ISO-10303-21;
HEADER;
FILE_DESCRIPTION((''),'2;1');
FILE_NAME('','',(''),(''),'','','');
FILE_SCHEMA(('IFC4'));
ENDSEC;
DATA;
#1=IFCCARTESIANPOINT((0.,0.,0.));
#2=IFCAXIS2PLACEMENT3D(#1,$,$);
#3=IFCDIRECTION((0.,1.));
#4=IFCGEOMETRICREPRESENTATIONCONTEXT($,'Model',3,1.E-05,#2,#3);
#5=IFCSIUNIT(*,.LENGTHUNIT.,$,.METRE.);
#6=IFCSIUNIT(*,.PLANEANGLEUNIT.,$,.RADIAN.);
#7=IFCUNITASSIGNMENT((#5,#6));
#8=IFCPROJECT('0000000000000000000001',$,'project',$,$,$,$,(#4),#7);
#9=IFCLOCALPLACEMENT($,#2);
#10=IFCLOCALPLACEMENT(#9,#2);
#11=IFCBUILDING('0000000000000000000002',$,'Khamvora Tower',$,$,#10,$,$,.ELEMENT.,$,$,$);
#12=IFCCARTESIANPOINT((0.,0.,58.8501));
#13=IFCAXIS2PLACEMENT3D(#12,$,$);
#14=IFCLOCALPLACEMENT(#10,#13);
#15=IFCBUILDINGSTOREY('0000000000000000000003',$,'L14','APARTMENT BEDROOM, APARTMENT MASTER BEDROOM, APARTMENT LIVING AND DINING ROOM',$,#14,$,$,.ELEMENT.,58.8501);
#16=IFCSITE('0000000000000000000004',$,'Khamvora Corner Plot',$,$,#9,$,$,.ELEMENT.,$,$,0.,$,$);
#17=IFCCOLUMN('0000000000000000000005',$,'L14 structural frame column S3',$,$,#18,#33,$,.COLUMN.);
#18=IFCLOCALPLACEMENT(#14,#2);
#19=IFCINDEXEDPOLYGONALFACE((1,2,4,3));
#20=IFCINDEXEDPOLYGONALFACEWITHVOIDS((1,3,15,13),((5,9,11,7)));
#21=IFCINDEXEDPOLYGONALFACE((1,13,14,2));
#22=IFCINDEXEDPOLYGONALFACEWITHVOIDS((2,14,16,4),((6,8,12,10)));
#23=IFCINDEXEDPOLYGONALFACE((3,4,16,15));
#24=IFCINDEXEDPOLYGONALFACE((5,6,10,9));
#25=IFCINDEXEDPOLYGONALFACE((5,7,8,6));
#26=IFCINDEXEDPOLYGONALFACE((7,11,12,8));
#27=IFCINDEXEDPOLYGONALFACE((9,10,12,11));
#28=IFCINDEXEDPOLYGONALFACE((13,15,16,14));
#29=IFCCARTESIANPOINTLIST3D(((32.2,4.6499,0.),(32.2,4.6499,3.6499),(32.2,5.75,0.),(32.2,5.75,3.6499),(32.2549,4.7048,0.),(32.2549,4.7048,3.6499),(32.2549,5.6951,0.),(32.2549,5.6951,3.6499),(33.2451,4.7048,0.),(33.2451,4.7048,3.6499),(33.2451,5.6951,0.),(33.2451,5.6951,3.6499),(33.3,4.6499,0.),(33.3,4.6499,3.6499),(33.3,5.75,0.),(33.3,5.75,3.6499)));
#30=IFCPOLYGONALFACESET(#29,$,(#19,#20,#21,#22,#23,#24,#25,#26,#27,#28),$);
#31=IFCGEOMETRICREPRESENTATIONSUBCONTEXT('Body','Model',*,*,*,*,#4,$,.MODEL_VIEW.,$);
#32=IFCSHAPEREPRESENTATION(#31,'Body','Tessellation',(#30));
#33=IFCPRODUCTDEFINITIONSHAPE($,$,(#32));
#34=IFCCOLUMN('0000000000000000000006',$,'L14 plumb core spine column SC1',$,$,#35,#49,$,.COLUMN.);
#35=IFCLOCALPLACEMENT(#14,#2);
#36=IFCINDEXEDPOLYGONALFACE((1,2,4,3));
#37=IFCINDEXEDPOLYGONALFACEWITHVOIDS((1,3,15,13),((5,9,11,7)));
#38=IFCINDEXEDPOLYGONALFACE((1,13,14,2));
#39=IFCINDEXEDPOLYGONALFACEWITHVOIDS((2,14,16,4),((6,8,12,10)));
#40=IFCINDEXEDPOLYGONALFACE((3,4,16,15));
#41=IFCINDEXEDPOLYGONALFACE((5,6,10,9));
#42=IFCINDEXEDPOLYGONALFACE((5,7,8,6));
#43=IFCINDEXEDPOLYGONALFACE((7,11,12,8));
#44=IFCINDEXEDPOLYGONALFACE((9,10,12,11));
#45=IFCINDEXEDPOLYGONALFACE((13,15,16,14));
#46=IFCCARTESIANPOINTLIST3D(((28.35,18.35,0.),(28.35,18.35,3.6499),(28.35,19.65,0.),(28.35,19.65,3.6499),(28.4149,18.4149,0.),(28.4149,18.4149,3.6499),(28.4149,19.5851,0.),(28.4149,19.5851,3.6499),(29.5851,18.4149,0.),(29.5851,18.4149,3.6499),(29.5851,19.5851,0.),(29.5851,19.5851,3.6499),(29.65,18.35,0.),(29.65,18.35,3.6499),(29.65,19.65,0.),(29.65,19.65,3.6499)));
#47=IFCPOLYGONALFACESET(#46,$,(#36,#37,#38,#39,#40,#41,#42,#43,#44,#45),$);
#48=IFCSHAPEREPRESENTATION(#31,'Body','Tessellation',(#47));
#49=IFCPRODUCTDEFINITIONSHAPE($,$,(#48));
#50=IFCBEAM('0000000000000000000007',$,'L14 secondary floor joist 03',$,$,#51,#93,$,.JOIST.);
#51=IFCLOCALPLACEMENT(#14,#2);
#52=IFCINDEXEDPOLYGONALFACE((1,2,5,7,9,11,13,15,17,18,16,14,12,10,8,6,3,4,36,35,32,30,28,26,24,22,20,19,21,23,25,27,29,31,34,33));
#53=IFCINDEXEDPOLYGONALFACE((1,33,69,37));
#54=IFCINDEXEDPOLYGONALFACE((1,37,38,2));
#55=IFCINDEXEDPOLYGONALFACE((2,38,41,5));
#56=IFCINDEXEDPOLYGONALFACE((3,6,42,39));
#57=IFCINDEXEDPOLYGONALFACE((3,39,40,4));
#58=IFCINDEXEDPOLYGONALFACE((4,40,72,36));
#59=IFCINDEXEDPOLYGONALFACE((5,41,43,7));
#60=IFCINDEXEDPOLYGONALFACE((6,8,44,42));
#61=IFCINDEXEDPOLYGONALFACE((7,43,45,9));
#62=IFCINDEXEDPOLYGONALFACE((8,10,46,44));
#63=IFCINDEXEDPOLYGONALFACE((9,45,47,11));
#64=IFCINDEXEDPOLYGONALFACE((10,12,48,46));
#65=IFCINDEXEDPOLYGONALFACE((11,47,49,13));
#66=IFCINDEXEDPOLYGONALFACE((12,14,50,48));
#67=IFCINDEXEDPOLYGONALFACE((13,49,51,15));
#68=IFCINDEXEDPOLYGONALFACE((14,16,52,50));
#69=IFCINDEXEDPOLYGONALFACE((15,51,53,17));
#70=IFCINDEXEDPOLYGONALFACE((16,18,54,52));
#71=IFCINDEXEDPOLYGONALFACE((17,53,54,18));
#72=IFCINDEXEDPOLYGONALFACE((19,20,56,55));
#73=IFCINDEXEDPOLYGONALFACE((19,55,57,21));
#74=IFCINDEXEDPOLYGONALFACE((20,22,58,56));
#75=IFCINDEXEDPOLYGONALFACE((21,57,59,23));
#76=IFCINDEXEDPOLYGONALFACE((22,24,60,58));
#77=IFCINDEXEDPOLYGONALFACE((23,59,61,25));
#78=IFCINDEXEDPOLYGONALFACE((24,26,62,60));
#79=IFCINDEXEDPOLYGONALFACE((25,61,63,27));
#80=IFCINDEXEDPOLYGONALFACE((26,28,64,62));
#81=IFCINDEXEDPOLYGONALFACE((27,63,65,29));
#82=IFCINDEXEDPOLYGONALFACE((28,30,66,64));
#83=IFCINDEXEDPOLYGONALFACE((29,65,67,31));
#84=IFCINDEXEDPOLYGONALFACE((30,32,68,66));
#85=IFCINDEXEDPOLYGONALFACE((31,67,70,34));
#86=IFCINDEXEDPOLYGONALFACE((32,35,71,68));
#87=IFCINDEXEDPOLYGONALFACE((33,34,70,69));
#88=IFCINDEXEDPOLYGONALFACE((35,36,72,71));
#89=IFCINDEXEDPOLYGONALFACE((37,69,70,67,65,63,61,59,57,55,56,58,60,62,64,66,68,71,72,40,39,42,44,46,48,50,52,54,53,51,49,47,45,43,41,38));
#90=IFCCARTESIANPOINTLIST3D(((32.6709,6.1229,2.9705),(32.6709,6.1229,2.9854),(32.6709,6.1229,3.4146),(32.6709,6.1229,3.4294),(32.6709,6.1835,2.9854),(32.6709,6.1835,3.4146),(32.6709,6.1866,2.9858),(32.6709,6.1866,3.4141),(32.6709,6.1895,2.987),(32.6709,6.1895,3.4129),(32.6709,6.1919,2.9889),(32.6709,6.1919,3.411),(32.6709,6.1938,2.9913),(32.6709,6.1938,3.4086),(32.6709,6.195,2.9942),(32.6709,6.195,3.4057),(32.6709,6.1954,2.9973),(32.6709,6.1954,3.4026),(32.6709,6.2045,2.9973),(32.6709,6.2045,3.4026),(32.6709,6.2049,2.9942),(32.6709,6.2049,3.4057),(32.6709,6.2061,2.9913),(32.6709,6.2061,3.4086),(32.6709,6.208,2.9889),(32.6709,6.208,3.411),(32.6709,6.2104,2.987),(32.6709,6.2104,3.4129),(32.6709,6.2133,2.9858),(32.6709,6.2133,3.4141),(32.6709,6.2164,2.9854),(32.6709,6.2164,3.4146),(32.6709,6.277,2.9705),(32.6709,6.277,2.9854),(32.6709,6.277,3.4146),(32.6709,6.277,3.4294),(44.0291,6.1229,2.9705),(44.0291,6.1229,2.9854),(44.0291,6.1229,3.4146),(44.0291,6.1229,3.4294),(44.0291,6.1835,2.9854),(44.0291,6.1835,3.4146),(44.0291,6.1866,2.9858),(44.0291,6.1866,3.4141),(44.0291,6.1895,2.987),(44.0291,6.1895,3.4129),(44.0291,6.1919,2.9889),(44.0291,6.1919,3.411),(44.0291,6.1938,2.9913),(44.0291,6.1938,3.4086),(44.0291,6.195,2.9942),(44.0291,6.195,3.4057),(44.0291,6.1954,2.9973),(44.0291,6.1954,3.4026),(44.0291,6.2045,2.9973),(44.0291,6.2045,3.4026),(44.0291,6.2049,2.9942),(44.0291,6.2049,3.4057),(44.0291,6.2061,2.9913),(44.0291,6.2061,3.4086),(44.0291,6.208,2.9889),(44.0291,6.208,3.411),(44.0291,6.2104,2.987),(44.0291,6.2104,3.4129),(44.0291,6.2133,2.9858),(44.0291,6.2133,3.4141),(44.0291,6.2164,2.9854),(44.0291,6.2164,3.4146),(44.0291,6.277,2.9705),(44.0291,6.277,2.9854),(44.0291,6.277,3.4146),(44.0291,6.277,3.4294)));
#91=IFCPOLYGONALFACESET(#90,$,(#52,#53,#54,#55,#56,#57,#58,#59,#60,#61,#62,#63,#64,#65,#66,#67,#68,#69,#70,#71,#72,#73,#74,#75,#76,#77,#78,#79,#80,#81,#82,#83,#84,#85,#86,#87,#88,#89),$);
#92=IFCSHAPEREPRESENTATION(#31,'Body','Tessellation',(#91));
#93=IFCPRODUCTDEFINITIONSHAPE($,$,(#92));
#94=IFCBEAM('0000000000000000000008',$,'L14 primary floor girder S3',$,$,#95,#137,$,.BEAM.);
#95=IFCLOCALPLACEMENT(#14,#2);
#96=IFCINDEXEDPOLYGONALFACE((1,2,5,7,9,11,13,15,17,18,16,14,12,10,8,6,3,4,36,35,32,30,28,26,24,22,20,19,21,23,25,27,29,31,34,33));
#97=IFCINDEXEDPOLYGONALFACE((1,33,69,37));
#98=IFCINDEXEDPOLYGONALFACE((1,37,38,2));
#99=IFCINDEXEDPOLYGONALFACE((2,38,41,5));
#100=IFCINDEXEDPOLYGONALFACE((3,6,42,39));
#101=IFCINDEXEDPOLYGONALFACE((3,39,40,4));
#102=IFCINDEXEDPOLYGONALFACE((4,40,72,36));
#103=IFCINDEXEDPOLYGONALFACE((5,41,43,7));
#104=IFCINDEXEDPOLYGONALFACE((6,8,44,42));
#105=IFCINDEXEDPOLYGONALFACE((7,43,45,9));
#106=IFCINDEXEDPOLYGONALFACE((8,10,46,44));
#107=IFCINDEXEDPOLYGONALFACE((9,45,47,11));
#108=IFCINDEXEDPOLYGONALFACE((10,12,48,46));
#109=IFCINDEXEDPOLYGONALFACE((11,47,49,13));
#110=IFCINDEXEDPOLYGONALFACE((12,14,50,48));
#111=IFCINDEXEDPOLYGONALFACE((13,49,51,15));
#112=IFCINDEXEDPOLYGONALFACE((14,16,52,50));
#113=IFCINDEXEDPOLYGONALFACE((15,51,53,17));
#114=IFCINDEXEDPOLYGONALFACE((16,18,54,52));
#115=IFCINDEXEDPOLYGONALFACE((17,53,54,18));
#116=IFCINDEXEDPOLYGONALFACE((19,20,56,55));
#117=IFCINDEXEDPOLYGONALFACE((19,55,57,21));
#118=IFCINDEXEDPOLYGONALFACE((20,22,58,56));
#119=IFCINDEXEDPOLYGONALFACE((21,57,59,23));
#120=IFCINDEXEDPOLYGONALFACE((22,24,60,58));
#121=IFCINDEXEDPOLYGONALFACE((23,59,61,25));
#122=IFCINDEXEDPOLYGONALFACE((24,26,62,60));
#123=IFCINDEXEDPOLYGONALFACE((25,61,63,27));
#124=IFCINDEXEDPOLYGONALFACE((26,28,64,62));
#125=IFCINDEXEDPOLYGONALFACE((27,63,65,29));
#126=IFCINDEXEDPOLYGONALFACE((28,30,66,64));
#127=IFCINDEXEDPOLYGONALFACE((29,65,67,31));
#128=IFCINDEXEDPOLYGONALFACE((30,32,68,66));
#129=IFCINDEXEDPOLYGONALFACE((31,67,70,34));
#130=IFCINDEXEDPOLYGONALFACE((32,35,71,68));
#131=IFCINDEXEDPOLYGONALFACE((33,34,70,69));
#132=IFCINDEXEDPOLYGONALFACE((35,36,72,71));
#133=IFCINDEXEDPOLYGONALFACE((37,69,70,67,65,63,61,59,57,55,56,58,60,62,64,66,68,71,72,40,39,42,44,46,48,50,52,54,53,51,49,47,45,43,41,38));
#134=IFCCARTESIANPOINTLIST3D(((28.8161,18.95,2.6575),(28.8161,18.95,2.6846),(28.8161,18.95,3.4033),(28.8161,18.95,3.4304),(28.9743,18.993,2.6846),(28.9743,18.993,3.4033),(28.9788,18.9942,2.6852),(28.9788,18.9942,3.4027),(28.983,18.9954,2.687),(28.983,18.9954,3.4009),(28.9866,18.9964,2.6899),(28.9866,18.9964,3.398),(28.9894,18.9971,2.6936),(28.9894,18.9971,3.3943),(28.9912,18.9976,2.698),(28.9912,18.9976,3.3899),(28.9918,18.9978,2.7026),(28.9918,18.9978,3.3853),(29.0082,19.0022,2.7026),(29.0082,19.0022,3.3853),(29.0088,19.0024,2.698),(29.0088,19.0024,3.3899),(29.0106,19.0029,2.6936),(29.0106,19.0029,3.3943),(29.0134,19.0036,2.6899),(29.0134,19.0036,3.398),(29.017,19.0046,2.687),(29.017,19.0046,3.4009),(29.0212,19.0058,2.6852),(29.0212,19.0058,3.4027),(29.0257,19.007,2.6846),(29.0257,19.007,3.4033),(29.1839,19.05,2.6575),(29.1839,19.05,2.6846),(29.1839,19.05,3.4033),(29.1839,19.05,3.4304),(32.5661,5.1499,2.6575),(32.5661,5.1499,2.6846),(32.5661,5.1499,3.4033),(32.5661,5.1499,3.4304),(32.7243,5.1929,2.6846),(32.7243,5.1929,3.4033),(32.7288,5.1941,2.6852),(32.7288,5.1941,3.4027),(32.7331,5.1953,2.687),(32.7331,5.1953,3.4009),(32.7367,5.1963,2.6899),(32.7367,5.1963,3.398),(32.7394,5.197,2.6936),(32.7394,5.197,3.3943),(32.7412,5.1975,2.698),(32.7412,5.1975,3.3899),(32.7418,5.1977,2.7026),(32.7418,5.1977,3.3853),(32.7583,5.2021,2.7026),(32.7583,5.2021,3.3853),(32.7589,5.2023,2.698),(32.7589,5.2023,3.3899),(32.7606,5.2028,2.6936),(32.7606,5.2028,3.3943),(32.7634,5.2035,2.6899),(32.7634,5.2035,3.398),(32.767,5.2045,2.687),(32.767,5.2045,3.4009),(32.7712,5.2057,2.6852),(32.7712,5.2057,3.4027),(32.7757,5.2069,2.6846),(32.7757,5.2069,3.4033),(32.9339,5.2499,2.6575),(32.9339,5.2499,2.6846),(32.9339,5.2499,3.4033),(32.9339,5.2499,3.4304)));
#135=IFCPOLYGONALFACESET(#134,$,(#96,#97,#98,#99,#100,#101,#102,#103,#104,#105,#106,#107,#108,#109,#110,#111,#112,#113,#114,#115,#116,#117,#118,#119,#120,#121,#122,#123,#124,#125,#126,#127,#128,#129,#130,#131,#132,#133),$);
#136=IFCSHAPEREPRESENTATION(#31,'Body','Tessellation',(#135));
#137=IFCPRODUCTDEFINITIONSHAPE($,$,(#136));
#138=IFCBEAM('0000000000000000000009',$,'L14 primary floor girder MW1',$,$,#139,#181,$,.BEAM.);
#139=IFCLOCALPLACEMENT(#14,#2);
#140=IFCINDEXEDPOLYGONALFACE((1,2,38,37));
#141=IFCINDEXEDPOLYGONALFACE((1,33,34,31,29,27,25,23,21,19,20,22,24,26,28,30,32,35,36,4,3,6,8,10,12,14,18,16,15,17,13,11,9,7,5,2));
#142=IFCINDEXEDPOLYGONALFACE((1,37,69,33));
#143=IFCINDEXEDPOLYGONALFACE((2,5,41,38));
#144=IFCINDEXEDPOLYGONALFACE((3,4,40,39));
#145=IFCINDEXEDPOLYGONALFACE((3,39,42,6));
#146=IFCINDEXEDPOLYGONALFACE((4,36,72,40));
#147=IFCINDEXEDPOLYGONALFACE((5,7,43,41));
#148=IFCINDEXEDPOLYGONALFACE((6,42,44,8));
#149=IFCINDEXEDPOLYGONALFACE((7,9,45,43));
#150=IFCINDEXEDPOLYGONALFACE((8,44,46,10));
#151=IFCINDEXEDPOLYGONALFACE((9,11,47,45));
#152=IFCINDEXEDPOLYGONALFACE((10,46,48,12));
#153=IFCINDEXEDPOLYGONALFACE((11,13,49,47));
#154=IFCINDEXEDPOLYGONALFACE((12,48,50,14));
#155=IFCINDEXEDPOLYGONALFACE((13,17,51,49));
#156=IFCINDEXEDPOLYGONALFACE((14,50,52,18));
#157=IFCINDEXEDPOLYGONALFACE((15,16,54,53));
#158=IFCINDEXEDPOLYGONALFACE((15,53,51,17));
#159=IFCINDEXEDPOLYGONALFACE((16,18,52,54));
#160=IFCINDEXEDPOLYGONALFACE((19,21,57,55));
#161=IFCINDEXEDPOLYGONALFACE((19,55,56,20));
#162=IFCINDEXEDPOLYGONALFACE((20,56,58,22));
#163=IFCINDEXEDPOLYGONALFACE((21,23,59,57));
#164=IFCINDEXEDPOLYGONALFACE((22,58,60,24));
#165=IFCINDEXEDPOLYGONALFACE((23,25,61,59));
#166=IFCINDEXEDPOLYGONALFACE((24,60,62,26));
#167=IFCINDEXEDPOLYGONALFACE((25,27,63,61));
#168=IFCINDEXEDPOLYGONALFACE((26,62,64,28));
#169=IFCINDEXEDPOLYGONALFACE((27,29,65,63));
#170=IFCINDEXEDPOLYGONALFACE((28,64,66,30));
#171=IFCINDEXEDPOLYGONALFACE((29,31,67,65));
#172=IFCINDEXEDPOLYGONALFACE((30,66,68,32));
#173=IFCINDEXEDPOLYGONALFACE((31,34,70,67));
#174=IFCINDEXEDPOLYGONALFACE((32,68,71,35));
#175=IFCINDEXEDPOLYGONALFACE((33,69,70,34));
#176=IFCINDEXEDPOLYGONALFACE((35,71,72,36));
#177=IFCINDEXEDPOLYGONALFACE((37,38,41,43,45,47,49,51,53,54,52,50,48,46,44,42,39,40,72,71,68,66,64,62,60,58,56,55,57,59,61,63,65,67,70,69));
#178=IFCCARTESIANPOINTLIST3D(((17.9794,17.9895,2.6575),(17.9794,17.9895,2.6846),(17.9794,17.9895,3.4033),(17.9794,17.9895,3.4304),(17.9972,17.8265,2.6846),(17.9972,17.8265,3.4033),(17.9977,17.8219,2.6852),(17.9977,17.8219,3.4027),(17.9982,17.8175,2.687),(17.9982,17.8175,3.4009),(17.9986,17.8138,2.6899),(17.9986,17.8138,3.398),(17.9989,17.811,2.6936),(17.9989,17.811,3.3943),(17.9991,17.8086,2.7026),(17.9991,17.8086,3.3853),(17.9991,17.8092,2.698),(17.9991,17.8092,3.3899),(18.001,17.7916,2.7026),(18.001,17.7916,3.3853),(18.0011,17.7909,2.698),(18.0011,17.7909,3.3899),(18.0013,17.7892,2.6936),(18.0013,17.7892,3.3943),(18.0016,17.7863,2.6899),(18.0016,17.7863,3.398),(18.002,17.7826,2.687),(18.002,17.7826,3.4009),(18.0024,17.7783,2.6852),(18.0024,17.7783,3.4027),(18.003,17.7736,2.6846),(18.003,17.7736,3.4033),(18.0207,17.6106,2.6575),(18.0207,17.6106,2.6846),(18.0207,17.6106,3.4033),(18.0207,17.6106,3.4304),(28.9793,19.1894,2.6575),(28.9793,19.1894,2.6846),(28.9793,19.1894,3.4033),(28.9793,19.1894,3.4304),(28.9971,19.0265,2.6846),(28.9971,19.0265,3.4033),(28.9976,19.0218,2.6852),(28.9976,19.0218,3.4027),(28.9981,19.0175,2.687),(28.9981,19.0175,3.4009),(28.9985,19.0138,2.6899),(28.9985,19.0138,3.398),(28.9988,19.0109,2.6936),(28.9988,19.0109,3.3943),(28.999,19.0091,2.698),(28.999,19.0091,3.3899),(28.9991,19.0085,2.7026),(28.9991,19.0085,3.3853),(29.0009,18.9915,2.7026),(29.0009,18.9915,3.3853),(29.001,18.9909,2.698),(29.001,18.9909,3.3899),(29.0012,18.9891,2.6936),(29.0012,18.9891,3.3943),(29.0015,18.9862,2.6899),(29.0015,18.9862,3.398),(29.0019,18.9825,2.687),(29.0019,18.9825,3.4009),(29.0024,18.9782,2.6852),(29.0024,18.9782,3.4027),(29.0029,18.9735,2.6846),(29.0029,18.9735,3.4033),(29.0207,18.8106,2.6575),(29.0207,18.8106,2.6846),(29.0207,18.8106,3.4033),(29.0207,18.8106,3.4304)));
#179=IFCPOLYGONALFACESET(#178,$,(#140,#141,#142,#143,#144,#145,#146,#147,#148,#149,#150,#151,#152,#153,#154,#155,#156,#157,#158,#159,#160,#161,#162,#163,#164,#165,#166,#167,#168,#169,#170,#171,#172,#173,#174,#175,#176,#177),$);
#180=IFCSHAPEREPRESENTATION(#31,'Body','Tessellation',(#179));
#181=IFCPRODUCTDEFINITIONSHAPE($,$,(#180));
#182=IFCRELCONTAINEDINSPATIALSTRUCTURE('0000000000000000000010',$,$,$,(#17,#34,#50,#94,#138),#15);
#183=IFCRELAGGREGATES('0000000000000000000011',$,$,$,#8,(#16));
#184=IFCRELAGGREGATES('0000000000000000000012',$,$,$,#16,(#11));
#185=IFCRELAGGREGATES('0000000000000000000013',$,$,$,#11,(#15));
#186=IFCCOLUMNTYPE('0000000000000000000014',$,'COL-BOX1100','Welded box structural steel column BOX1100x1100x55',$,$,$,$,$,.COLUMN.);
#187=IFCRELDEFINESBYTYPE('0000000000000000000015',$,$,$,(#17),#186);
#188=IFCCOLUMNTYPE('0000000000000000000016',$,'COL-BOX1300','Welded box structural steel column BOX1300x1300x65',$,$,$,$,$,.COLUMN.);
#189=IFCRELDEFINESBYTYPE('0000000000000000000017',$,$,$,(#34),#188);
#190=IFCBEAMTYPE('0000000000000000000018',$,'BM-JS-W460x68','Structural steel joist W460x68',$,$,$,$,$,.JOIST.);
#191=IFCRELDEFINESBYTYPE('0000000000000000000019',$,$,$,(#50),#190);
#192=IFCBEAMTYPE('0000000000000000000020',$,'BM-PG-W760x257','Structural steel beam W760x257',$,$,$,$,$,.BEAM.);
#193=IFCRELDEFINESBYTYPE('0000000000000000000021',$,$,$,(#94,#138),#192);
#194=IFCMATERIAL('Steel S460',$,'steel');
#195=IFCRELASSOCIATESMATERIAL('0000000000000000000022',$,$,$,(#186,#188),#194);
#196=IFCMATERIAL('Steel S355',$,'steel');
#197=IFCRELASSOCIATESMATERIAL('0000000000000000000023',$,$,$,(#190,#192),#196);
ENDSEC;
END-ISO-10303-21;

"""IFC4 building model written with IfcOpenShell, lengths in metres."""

from ifc_helpers import new_model, si_unit, direction, frame, origin, origin_2d, place, context, subcontext, project, spatial, hollow_rectangle, i_section, extrude, material, material_profile, profile_set, type_object, element, save


model = new_model("IFC4")

# Units and contexts
model_context = context("Model", 3, precision=1e-05, world=origin(), true_north=direction((0.0, 1.0)))
body_context = subcontext(model_context, "Body", "Model", "MODEL_VIEW")
ifc_project = project(units=[si_unit("LENGTHUNIT", "METRE"), si_unit("PLANEANGLEUNIT", "RADIAN")], contexts=[model_context])

# Site, building, storey
site_placement = place(None, origin())
site = spatial("IfcSite", under=ifc_project, at=site_placement, Name="Khamvora Corner Plot", CompositionType="ELEMENT", RefElevation=0.0)
building_placement = place(site_placement, origin())
building = spatial("IfcBuilding", under=site, at=building_placement, Name="Khamvora Tower", CompositionType="ELEMENT")
storey_placement = place(building_placement, frame((0.0, 0.0, 58.8501)))
storey = spatial("IfcBuildingStorey", under=building, at=storey_placement, Name="L14", Description="APARTMENT BEDROOM, APARTMENT MASTER BEDROOM, APARTMENT LIVING AND DINING ROOM", CompositionType="ELEMENT", Elevation=58.8501)

# Columns
ifc_material_1 = material(Name="Steel S460", Category="steel")
ifc_material_profile_1 = material_profile(ifc_material_1, hollow_rectangle(XDim=1.1001, YDim=1.1001, WallThickness=0.0549, at=origin_2d()), Name="BOX1100x1100x55")
ifc_profile_set_1 = profile_set([ifc_material_profile_1], Name="Steel S460")
column_type_1 = type_object("IfcColumnType", Name="COL-BOX1100", Description="Welded box structural steel column BOX1100x1100x55", PredefinedType="COLUMN", material=ifc_profile_set_1)
column_1_placement = place(storey_placement, frame((32.75, 5.2, 0.0), z_axis=(0.0, 0.0, 1.0), x_axis=(1.0, 0.0, 0.0)))
element("IfcColumn", 1, at=column_1_placement, inside=storey, type_object=column_type_1, Name="L14 structural frame column S3", PredefinedType="COLUMN", context=body_context, shape_type="SweptSolid", body=[
    extrude(hollow_rectangle(XDim=1.1001, YDim=1.1001, WallThickness=0.0549, at=origin_2d()), origin(), (0.0, 0.0, 1.0), 3.6499),
])
ifc_material_profile_2 = material_profile(ifc_material_1, hollow_rectangle(XDim=1.3, YDim=1.3, WallThickness=0.0649, at=origin_2d()), Name="BOX1300x1300x65")
ifc_profile_set_2 = profile_set([ifc_material_profile_2], Name="Steel S460")
column_type_2 = type_object("IfcColumnType", Name="COL-BOX1300", Description="Welded box structural steel column BOX1300x1300x65", PredefinedType="COLUMN", material=ifc_profile_set_2)
column_2_placement = place(storey_placement, frame((29.0, 19.0, 0.0), z_axis=(0.0, 0.0, 1.0), x_axis=(1.0, 0.0, 0.0)))
element("IfcColumn", 2, at=column_2_placement, inside=storey, type_object=column_type_2, Name="L14 plumb core spine column SC1", PredefinedType="COLUMN", context=body_context, shape_type="SweptSolid", body=[
    extrude(hollow_rectangle(XDim=1.3, YDim=1.3, WallThickness=0.0649, at=origin_2d()), origin(), (0.0, 0.0, 1.0), 3.6499),
])

# Beams
ifc_material_2 = material(Name="Steel S355", Category="steel")
ifc_material_profile_3 = material_profile(ifc_material_2, i_section(OverallWidth=0.1541, OverallDepth=0.459, WebThickness=0.009, FlangeThickness=0.0149, FilletRadius=0.012, at=origin_2d()), Name="W460x68")
ifc_profile_set_3 = profile_set([ifc_material_profile_3], Name="Steel S355")
beam_type_1 = type_object("IfcBeamType", Name="BM-JS-W460x68", Description="Structural steel joist W460x68", PredefinedType="JOIST", material=ifc_profile_set_3)
beam_1_placement = place(storey_placement, frame((32.6709, 6.2, 3.2), z_axis=(1.0, 0.0, 0.0), x_axis=(0.0, 1.0, 0.0)))
element("IfcBeam", 3, at=beam_1_placement, inside=storey, type_object=beam_type_1, Name="L14 secondary floor joist 03", PredefinedType="JOIST", context=body_context, shape_type="SweptSolid", body=[
    extrude(i_section(OverallWidth=0.1541, OverallDepth=0.459, WebThickness=0.009, FlangeThickness=0.0149, FilletRadius=0.012, at=origin_2d()), origin(), (0.0, 0.0, 1.0), 11.3582),
])
ifc_material_profile_4 = material_profile(ifc_material_2, i_section(OverallWidth=0.3811, OverallDepth=0.7729, WebThickness=0.0171, FlangeThickness=0.0271, FilletRadius=0.0181, at=origin_2d()), Name="W760x257")
ifc_profile_set_4 = profile_set([ifc_material_profile_4], Name="Steel S355")
beam_type_2 = type_object("IfcBeamType", Name="BM-PG-W760x257", Description="Structural steel beam W760x257", PredefinedType="BEAM", material=ifc_profile_set_4)
beam_2_placement = place(storey_placement, frame((29.0, 19.0, 3.0439), z_axis=(0.262229, -0.965006, 0.0), x_axis=(0.965006, 0.262229, 0.0)))
element("IfcBeam", 4, at=beam_2_placement, inside=storey, type_object=beam_type_2, Name="L14 primary floor girder S3", PredefinedType="BEAM", context=body_context, shape_type="SweptSolid", body=[
    extrude(i_section(OverallWidth=0.3811, OverallDepth=0.7729, WebThickness=0.0171, FlangeThickness=0.0271, FilletRadius=0.0181, at=origin_2d()), origin(), (0.0, 0.0, 1.0), 14.3005),
])
beam_3_placement = place(storey_placement, frame((29.0, 19.0, 3.0439), z_axis=(-0.994103, -0.108443, 0.0), x_axis=(0.108443, -0.994103, 0.0)))
element("IfcBeam", 5, at=beam_3_placement, inside=storey, type_object=beam_type_2, Name="L14 primary floor girder MW1", PredefinedType="BEAM", context=body_context, shape_type="SweptSolid", body=[
    extrude(i_section(OverallWidth=0.3811, OverallDepth=0.7729, WebThickness=0.0171, FlangeThickness=0.0271, FilletRadius=0.0181, at=origin_2d()), origin(), (0.0, 0.0, 1.0), 11.0652),
])

save(model, "model.ifc")
